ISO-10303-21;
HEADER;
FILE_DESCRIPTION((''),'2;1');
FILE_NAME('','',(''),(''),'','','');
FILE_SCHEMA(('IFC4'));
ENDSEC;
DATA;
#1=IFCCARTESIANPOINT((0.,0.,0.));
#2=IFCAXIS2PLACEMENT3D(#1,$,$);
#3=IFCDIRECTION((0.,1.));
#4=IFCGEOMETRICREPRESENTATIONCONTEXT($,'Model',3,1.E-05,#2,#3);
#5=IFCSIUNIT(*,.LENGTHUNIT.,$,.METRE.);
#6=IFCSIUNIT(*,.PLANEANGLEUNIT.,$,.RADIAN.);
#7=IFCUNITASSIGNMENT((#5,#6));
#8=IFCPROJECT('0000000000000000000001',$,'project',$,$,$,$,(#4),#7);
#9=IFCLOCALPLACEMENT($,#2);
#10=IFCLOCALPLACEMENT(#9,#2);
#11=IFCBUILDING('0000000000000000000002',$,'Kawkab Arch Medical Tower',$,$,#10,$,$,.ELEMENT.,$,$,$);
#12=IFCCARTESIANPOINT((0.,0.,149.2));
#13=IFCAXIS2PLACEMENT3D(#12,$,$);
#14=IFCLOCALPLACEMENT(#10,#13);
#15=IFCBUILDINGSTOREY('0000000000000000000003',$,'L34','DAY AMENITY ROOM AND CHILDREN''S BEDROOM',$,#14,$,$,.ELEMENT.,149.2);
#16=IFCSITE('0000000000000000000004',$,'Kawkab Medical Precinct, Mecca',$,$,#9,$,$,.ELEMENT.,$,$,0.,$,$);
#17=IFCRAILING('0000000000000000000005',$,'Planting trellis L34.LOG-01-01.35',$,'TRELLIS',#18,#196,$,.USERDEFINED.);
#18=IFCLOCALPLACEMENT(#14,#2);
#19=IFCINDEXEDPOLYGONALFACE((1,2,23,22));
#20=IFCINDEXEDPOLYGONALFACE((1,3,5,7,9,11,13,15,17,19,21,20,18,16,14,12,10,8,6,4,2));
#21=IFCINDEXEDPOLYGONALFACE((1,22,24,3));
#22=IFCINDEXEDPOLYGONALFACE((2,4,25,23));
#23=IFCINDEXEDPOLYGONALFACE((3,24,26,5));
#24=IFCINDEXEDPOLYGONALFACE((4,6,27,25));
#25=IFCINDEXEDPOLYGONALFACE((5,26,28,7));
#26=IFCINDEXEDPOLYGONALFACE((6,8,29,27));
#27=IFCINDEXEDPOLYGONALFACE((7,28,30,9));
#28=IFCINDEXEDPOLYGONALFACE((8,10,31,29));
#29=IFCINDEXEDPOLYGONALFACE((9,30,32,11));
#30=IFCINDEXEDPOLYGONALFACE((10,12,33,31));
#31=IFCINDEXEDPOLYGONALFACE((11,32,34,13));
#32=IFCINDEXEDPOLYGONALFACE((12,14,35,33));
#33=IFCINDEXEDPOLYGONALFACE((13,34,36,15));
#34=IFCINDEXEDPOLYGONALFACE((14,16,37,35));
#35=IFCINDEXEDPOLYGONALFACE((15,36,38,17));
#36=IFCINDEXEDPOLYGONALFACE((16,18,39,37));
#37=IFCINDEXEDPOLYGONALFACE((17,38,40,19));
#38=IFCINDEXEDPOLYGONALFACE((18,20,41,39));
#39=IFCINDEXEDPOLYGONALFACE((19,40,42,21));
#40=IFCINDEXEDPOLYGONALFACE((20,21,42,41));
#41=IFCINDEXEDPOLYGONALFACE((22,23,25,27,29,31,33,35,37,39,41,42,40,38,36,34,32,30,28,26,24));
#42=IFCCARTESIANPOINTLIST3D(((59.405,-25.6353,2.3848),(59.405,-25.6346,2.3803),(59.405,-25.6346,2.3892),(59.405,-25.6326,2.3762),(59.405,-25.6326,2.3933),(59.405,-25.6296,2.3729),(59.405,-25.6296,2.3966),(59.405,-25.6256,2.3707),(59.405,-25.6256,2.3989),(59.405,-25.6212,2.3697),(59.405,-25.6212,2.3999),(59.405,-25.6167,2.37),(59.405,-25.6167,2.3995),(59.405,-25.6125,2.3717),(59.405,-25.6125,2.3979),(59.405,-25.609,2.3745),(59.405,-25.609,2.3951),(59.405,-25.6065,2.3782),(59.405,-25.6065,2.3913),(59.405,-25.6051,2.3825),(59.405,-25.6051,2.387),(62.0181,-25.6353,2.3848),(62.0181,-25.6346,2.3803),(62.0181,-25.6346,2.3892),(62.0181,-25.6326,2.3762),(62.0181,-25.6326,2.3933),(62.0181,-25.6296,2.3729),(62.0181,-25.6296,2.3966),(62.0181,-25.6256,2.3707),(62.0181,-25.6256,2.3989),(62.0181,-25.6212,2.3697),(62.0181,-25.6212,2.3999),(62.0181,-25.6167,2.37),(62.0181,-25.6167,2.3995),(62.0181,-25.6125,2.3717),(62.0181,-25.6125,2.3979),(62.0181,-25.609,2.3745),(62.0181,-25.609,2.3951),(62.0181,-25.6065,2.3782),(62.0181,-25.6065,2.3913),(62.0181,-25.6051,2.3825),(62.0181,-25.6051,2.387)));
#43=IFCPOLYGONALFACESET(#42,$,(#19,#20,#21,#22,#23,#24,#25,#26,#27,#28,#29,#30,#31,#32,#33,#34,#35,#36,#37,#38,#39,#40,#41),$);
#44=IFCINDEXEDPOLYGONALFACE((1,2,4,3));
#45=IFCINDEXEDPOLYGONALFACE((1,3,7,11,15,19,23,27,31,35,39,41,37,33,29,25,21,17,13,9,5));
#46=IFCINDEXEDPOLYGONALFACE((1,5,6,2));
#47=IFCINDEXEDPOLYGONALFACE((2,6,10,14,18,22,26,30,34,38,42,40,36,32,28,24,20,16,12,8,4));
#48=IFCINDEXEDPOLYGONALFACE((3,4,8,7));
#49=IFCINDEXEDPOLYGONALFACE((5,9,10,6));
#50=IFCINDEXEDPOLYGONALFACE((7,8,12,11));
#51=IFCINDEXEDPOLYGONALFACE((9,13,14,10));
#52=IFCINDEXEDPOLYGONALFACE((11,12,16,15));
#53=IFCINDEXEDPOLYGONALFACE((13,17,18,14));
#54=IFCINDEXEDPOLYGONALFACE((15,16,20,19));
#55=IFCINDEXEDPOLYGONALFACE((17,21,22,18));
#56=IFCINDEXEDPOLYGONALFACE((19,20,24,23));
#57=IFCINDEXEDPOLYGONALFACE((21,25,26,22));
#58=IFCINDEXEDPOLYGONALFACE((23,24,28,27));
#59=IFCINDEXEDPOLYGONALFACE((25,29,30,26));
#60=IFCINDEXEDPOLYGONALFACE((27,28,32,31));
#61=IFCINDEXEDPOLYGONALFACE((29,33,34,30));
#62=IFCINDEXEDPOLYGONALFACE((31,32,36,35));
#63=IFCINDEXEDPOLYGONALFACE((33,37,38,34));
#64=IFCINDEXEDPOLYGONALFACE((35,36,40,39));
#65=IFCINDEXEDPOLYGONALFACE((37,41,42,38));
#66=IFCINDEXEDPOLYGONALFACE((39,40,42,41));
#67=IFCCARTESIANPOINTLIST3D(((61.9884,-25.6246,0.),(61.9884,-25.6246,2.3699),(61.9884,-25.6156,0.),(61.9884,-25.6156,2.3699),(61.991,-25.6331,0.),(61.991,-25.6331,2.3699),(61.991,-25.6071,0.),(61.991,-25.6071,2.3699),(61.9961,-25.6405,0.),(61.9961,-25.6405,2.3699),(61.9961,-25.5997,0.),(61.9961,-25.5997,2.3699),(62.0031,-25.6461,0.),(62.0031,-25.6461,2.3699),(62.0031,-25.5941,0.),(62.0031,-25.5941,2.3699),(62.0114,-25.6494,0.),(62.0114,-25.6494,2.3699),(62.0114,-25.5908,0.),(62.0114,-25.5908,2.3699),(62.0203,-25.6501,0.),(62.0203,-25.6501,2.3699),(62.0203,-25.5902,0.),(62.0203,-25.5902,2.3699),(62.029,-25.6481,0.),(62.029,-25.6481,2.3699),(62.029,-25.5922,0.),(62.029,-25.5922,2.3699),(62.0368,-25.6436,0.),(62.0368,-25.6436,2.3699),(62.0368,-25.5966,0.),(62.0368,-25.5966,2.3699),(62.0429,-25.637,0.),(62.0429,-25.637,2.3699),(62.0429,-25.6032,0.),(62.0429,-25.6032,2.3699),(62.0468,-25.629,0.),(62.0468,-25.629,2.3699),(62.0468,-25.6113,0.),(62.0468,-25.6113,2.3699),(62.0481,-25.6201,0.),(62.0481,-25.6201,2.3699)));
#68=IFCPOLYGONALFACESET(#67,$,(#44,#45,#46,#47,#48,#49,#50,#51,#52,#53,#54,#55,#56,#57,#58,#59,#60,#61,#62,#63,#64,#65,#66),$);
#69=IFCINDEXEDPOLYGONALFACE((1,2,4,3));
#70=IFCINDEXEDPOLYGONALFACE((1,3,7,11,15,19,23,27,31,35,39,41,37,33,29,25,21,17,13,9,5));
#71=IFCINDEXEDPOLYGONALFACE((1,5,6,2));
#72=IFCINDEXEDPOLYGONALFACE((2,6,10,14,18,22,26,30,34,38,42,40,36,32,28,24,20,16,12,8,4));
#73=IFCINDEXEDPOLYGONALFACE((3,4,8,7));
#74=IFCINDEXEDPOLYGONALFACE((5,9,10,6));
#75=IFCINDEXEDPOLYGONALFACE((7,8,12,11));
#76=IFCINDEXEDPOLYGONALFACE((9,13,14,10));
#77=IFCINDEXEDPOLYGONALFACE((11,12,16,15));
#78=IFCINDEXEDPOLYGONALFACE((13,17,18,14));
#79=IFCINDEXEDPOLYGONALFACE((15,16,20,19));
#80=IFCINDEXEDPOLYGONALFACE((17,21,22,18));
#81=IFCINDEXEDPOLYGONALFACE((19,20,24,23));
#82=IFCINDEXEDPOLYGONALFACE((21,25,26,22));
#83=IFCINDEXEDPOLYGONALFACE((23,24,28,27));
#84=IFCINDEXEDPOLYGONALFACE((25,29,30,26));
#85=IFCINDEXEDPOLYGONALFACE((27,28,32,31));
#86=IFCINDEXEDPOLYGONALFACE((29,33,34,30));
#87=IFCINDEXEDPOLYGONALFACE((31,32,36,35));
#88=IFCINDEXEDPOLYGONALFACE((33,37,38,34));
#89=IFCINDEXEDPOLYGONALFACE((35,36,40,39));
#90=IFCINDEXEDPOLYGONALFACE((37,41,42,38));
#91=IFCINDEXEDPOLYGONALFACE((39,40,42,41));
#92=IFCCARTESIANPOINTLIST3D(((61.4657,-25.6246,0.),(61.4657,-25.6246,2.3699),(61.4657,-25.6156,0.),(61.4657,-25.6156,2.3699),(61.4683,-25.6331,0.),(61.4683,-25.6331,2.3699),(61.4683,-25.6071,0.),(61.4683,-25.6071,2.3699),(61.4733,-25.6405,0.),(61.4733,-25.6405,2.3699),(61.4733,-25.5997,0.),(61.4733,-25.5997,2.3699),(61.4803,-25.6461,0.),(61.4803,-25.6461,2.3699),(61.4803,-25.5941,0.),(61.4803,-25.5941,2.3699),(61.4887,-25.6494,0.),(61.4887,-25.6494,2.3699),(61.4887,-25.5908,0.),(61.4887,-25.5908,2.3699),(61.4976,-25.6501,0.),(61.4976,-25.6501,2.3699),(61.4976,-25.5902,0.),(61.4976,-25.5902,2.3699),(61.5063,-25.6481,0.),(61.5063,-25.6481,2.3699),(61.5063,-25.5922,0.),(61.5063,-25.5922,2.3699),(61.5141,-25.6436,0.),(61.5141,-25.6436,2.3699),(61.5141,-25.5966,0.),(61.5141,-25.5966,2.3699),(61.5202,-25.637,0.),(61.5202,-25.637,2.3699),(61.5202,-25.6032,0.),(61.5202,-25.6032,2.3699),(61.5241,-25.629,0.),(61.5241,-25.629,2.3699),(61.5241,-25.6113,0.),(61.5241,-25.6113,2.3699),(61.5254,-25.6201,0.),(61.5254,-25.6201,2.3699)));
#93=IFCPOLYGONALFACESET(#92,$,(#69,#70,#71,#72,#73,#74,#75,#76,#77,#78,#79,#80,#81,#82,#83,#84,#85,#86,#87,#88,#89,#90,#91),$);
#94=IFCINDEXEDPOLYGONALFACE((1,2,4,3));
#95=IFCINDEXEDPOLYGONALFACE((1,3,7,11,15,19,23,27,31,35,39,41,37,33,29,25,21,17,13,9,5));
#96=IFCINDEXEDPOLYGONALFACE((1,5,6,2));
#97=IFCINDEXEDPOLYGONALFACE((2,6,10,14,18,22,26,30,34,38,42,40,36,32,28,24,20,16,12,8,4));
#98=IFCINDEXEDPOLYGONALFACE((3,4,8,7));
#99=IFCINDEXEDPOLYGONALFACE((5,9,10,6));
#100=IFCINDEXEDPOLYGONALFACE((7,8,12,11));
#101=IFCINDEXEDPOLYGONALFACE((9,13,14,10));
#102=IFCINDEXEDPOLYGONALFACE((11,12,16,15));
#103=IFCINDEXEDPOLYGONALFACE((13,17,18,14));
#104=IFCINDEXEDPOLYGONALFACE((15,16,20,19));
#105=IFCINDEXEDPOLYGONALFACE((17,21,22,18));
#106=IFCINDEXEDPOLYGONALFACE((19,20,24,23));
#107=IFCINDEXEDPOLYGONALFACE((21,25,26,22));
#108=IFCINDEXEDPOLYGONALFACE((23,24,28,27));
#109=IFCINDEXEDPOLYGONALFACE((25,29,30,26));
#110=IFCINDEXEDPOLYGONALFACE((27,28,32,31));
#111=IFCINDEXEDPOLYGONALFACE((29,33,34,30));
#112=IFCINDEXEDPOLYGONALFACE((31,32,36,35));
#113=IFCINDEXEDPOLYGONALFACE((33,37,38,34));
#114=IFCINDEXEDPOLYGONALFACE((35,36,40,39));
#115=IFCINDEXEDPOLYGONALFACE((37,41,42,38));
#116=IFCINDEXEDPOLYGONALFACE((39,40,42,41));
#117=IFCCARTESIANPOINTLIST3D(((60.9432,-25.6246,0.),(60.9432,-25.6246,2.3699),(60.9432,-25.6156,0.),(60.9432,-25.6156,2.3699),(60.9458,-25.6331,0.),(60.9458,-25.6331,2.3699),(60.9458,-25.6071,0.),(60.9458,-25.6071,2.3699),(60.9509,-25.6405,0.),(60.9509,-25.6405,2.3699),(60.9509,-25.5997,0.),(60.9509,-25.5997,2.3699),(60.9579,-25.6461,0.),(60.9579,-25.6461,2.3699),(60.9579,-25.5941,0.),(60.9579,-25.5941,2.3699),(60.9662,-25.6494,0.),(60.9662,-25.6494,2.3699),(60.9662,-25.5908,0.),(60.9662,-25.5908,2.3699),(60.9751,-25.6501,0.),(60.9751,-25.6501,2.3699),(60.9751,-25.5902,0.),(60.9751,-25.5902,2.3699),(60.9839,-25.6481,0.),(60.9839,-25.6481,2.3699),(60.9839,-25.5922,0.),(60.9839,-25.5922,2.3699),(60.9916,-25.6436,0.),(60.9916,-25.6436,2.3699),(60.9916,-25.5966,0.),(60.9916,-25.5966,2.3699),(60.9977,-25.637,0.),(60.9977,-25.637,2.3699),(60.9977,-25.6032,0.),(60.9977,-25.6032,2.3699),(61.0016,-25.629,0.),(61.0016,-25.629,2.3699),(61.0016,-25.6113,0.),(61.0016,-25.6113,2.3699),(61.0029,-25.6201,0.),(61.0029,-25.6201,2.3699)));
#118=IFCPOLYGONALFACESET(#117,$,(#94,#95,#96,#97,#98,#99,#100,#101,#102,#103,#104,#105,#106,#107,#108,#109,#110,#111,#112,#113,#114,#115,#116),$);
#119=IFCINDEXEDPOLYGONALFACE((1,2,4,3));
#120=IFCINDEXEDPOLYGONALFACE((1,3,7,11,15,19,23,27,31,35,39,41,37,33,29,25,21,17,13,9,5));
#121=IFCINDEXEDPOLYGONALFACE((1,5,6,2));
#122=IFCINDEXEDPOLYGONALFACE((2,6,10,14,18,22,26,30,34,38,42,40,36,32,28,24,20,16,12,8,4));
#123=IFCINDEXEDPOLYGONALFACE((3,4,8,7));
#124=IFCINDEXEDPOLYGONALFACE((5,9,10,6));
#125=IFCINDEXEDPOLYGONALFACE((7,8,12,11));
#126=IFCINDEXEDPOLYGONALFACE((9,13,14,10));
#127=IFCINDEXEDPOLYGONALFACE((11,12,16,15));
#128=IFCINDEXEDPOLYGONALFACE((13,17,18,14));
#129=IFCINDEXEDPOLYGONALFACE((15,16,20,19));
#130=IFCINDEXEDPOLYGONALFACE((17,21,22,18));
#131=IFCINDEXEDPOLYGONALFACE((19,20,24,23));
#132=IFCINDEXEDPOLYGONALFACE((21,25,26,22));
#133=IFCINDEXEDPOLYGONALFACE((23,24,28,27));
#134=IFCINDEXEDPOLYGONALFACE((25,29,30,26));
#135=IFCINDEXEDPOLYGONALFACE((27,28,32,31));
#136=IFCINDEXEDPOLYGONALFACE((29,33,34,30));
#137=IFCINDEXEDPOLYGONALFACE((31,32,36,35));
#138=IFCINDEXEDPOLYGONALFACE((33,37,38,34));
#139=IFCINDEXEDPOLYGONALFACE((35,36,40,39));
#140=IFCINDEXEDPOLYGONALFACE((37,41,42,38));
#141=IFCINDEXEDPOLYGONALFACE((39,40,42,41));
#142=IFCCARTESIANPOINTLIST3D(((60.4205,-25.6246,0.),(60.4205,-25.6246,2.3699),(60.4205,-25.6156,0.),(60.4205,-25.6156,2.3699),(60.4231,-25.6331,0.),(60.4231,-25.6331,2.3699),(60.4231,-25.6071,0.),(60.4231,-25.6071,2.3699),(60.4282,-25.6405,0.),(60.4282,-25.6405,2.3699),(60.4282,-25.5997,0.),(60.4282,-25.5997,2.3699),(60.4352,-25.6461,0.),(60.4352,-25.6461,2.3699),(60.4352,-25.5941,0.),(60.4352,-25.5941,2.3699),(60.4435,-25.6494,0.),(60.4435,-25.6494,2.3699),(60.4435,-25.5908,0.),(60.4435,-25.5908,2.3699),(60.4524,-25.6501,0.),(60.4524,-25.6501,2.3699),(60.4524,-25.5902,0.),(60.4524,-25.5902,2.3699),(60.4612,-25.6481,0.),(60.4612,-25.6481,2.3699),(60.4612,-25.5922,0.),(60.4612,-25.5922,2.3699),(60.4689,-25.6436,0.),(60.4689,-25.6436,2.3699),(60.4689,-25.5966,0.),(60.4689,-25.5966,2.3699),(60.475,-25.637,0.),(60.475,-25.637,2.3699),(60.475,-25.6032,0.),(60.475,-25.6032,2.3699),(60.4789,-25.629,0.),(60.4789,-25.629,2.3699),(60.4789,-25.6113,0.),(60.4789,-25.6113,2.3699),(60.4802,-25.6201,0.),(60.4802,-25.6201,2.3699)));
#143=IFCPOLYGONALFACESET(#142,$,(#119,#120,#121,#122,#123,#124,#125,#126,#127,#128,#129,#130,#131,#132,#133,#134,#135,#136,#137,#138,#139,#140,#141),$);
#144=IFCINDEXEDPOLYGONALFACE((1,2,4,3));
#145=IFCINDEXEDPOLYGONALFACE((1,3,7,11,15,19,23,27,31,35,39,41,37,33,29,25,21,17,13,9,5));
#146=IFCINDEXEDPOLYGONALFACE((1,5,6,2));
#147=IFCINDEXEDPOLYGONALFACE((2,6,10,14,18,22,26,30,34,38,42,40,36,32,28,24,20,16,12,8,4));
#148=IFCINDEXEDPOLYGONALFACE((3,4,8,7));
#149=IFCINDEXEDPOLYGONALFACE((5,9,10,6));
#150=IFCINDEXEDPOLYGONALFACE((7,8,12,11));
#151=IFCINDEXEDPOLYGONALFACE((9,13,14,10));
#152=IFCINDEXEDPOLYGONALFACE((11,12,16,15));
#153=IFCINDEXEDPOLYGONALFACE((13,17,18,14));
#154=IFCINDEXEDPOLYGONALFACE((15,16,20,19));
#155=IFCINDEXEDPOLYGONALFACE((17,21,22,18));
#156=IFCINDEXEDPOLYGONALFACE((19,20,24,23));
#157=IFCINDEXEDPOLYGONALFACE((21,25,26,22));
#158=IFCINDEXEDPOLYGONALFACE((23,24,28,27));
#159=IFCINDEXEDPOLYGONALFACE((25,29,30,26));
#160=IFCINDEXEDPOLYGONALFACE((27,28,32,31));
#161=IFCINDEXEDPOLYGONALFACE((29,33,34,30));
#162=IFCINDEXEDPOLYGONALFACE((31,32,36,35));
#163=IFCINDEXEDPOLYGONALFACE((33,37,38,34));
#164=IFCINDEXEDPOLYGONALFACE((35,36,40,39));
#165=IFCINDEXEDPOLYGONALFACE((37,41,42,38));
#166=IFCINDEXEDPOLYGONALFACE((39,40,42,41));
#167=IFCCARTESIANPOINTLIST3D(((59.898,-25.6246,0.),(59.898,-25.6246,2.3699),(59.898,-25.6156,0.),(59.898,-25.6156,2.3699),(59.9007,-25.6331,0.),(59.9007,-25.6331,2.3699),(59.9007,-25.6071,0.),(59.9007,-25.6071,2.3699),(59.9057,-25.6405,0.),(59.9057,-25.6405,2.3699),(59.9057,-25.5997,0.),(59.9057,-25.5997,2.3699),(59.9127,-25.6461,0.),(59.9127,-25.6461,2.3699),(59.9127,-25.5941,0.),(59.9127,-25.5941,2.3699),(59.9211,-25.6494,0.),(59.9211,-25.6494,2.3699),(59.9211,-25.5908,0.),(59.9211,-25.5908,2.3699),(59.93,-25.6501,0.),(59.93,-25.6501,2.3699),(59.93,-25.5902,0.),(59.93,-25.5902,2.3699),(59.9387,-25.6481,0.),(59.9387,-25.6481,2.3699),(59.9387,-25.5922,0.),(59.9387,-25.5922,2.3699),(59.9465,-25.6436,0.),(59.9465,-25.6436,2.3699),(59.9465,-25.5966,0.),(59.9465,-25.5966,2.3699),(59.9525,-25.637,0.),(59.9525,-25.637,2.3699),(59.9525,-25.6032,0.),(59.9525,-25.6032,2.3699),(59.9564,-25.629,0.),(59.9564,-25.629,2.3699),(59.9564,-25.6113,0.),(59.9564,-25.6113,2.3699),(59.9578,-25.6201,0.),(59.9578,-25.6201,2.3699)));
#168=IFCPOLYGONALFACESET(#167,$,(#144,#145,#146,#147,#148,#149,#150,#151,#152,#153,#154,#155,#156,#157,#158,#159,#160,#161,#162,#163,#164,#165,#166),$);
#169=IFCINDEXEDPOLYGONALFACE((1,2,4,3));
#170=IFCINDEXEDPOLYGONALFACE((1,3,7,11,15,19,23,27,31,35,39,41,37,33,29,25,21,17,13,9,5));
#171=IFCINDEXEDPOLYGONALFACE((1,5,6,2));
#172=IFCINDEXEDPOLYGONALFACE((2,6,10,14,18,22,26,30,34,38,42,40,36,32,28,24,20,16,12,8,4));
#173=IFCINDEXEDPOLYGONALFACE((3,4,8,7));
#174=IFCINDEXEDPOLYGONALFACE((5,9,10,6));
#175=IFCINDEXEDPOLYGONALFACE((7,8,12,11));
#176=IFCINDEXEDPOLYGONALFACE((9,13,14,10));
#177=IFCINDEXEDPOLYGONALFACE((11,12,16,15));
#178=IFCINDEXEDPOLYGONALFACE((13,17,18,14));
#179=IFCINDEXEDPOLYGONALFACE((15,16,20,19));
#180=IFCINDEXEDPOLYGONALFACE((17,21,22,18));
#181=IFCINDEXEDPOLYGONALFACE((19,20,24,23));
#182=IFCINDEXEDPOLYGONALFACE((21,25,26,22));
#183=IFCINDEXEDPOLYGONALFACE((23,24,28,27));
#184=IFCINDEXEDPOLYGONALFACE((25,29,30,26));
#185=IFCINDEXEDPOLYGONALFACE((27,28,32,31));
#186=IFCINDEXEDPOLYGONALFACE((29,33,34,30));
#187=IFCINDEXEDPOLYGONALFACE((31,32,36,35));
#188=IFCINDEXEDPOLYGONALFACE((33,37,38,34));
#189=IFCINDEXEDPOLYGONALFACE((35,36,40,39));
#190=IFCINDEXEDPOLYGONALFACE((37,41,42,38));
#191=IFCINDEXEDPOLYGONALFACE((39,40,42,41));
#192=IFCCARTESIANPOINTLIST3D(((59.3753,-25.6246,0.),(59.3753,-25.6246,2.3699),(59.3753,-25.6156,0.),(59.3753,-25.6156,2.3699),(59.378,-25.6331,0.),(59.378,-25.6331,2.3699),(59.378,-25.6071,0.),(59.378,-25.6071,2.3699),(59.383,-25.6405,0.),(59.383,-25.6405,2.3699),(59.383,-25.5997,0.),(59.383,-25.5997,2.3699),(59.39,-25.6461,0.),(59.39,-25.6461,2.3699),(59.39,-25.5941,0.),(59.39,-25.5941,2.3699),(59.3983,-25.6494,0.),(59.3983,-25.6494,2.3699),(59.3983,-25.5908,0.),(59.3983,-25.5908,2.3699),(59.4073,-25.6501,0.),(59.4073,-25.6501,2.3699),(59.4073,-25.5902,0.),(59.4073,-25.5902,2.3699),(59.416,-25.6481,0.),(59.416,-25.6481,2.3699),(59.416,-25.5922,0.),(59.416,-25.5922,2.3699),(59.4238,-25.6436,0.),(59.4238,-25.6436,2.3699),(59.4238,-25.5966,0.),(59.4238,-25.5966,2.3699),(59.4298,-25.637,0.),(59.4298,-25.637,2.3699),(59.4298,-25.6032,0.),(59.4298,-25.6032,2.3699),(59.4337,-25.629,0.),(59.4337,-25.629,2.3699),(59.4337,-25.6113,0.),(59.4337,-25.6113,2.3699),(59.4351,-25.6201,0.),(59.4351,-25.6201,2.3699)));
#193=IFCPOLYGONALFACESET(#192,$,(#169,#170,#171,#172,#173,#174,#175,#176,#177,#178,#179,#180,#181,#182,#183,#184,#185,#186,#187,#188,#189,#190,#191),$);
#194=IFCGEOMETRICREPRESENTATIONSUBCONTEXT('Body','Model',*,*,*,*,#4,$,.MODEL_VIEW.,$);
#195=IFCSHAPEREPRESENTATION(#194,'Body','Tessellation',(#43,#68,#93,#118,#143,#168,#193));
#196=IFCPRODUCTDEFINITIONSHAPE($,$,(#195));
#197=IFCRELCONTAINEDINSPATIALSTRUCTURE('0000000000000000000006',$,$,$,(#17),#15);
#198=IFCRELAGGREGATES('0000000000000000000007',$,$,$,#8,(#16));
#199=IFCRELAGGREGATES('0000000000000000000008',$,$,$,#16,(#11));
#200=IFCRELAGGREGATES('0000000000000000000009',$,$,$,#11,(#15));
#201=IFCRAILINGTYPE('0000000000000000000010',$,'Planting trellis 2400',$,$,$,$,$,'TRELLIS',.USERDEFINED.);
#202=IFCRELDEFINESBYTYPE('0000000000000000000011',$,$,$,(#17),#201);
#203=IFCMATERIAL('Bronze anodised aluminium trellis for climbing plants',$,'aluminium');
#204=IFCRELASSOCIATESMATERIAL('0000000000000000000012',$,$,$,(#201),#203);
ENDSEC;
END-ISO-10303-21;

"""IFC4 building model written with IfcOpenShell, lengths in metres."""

from ifc_helpers import new_model, si_unit, direction, frame, origin, origin_2d, place, context, subcontext, project, spatial, circle, extrude, material, type_object, element, save


model = new_model("IFC4")

# Units and contexts
model_context = context("Model", 3, precision=1e-05, world=origin(), true_north=direction((0.0, 1.0)))
body_context = subcontext(model_context, "Body", "Model", "MODEL_VIEW")
ifc_project = project(units=[si_unit("LENGTHUNIT", "METRE"), si_unit("PLANEANGLEUNIT", "RADIAN")], contexts=[model_context])

# Site, building, storey
site_placement = place(None, origin())
site = spatial("IfcSite", under=ifc_project, at=site_placement, Name="Kawkab Medical Precinct, Mecca", CompositionType="ELEMENT", RefElevation=0.0)
building_placement = place(site_placement, origin())
building = spatial("IfcBuilding", under=site, at=building_placement, Name="Kawkab Arch Medical Tower", CompositionType="ELEMENT")
storey_placement = place(building_placement, frame((0.0, 0.0, 149.2)))
storey = spatial("IfcBuildingStorey", under=building, at=storey_placement, Name="L34", Description="DAY AMENITY ROOM AND CHILDREN'S BEDROOM", CompositionType="ELEMENT", Elevation=149.2)

# Railing
ifc_material_1 = material(Name="Bronze anodised aluminium trellis for climbing plants", Category="aluminium")
railing_type = type_object("IfcRailingType", Name="Planting trellis 2400", ElementType="TRELLIS", PredefinedType="USERDEFINED", material=ifc_material_1)
railing_1_placement = place(storey_placement, frame((62.0181, -25.6201, 0.0)))
element("IfcRailing", 1, at=railing_1_placement, inside=storey, type_object=railing_type, Name="Planting trellis L34.LOG-01-01.35", ObjectType="TRELLIS", PredefinedType="USERDEFINED", context=body_context, shape_type="SweptSolid", body=[
    extrude(circle(Radius=0.0151, at=origin_2d()), frame((0.0, 0.0, 2.3848), z_axis=(-1.0, 0.0, 0.0), x_axis=(0.0, -1.0, 0.0)), (0.0, 0.0, 1.0), 2.613),
    extrude(circle(Radius=0.03, at=origin_2d()), origin(), (0.0, 0.0, 1.0), 2.3699),
    extrude(circle(Radius=0.03, at=origin_2d()), frame((-0.5227, 0.0, 0.0)), (0.0, 0.0, 1.0), 2.3699),
    extrude(circle(Radius=0.03, at=origin_2d()), frame((-1.0452, 0.0, 0.0)), (0.0, 0.0, 1.0), 2.3699),
    extrude(circle(Radius=0.03, at=origin_2d()), frame((-1.5679, 0.0, 0.0)), (0.0, 0.0, 1.0), 2.3699),
    extrude(circle(Radius=0.03, at=origin_2d()), frame((-2.0903, 0.0, 0.0)), (0.0, 0.0, 1.0), 2.3699),
    extrude(circle(Radius=0.03, at=origin_2d()), frame((-2.613, 0.0, 0.0)), (0.0, 0.0, 1.0), 2.3699),
])

save(model, "model.ifc")
